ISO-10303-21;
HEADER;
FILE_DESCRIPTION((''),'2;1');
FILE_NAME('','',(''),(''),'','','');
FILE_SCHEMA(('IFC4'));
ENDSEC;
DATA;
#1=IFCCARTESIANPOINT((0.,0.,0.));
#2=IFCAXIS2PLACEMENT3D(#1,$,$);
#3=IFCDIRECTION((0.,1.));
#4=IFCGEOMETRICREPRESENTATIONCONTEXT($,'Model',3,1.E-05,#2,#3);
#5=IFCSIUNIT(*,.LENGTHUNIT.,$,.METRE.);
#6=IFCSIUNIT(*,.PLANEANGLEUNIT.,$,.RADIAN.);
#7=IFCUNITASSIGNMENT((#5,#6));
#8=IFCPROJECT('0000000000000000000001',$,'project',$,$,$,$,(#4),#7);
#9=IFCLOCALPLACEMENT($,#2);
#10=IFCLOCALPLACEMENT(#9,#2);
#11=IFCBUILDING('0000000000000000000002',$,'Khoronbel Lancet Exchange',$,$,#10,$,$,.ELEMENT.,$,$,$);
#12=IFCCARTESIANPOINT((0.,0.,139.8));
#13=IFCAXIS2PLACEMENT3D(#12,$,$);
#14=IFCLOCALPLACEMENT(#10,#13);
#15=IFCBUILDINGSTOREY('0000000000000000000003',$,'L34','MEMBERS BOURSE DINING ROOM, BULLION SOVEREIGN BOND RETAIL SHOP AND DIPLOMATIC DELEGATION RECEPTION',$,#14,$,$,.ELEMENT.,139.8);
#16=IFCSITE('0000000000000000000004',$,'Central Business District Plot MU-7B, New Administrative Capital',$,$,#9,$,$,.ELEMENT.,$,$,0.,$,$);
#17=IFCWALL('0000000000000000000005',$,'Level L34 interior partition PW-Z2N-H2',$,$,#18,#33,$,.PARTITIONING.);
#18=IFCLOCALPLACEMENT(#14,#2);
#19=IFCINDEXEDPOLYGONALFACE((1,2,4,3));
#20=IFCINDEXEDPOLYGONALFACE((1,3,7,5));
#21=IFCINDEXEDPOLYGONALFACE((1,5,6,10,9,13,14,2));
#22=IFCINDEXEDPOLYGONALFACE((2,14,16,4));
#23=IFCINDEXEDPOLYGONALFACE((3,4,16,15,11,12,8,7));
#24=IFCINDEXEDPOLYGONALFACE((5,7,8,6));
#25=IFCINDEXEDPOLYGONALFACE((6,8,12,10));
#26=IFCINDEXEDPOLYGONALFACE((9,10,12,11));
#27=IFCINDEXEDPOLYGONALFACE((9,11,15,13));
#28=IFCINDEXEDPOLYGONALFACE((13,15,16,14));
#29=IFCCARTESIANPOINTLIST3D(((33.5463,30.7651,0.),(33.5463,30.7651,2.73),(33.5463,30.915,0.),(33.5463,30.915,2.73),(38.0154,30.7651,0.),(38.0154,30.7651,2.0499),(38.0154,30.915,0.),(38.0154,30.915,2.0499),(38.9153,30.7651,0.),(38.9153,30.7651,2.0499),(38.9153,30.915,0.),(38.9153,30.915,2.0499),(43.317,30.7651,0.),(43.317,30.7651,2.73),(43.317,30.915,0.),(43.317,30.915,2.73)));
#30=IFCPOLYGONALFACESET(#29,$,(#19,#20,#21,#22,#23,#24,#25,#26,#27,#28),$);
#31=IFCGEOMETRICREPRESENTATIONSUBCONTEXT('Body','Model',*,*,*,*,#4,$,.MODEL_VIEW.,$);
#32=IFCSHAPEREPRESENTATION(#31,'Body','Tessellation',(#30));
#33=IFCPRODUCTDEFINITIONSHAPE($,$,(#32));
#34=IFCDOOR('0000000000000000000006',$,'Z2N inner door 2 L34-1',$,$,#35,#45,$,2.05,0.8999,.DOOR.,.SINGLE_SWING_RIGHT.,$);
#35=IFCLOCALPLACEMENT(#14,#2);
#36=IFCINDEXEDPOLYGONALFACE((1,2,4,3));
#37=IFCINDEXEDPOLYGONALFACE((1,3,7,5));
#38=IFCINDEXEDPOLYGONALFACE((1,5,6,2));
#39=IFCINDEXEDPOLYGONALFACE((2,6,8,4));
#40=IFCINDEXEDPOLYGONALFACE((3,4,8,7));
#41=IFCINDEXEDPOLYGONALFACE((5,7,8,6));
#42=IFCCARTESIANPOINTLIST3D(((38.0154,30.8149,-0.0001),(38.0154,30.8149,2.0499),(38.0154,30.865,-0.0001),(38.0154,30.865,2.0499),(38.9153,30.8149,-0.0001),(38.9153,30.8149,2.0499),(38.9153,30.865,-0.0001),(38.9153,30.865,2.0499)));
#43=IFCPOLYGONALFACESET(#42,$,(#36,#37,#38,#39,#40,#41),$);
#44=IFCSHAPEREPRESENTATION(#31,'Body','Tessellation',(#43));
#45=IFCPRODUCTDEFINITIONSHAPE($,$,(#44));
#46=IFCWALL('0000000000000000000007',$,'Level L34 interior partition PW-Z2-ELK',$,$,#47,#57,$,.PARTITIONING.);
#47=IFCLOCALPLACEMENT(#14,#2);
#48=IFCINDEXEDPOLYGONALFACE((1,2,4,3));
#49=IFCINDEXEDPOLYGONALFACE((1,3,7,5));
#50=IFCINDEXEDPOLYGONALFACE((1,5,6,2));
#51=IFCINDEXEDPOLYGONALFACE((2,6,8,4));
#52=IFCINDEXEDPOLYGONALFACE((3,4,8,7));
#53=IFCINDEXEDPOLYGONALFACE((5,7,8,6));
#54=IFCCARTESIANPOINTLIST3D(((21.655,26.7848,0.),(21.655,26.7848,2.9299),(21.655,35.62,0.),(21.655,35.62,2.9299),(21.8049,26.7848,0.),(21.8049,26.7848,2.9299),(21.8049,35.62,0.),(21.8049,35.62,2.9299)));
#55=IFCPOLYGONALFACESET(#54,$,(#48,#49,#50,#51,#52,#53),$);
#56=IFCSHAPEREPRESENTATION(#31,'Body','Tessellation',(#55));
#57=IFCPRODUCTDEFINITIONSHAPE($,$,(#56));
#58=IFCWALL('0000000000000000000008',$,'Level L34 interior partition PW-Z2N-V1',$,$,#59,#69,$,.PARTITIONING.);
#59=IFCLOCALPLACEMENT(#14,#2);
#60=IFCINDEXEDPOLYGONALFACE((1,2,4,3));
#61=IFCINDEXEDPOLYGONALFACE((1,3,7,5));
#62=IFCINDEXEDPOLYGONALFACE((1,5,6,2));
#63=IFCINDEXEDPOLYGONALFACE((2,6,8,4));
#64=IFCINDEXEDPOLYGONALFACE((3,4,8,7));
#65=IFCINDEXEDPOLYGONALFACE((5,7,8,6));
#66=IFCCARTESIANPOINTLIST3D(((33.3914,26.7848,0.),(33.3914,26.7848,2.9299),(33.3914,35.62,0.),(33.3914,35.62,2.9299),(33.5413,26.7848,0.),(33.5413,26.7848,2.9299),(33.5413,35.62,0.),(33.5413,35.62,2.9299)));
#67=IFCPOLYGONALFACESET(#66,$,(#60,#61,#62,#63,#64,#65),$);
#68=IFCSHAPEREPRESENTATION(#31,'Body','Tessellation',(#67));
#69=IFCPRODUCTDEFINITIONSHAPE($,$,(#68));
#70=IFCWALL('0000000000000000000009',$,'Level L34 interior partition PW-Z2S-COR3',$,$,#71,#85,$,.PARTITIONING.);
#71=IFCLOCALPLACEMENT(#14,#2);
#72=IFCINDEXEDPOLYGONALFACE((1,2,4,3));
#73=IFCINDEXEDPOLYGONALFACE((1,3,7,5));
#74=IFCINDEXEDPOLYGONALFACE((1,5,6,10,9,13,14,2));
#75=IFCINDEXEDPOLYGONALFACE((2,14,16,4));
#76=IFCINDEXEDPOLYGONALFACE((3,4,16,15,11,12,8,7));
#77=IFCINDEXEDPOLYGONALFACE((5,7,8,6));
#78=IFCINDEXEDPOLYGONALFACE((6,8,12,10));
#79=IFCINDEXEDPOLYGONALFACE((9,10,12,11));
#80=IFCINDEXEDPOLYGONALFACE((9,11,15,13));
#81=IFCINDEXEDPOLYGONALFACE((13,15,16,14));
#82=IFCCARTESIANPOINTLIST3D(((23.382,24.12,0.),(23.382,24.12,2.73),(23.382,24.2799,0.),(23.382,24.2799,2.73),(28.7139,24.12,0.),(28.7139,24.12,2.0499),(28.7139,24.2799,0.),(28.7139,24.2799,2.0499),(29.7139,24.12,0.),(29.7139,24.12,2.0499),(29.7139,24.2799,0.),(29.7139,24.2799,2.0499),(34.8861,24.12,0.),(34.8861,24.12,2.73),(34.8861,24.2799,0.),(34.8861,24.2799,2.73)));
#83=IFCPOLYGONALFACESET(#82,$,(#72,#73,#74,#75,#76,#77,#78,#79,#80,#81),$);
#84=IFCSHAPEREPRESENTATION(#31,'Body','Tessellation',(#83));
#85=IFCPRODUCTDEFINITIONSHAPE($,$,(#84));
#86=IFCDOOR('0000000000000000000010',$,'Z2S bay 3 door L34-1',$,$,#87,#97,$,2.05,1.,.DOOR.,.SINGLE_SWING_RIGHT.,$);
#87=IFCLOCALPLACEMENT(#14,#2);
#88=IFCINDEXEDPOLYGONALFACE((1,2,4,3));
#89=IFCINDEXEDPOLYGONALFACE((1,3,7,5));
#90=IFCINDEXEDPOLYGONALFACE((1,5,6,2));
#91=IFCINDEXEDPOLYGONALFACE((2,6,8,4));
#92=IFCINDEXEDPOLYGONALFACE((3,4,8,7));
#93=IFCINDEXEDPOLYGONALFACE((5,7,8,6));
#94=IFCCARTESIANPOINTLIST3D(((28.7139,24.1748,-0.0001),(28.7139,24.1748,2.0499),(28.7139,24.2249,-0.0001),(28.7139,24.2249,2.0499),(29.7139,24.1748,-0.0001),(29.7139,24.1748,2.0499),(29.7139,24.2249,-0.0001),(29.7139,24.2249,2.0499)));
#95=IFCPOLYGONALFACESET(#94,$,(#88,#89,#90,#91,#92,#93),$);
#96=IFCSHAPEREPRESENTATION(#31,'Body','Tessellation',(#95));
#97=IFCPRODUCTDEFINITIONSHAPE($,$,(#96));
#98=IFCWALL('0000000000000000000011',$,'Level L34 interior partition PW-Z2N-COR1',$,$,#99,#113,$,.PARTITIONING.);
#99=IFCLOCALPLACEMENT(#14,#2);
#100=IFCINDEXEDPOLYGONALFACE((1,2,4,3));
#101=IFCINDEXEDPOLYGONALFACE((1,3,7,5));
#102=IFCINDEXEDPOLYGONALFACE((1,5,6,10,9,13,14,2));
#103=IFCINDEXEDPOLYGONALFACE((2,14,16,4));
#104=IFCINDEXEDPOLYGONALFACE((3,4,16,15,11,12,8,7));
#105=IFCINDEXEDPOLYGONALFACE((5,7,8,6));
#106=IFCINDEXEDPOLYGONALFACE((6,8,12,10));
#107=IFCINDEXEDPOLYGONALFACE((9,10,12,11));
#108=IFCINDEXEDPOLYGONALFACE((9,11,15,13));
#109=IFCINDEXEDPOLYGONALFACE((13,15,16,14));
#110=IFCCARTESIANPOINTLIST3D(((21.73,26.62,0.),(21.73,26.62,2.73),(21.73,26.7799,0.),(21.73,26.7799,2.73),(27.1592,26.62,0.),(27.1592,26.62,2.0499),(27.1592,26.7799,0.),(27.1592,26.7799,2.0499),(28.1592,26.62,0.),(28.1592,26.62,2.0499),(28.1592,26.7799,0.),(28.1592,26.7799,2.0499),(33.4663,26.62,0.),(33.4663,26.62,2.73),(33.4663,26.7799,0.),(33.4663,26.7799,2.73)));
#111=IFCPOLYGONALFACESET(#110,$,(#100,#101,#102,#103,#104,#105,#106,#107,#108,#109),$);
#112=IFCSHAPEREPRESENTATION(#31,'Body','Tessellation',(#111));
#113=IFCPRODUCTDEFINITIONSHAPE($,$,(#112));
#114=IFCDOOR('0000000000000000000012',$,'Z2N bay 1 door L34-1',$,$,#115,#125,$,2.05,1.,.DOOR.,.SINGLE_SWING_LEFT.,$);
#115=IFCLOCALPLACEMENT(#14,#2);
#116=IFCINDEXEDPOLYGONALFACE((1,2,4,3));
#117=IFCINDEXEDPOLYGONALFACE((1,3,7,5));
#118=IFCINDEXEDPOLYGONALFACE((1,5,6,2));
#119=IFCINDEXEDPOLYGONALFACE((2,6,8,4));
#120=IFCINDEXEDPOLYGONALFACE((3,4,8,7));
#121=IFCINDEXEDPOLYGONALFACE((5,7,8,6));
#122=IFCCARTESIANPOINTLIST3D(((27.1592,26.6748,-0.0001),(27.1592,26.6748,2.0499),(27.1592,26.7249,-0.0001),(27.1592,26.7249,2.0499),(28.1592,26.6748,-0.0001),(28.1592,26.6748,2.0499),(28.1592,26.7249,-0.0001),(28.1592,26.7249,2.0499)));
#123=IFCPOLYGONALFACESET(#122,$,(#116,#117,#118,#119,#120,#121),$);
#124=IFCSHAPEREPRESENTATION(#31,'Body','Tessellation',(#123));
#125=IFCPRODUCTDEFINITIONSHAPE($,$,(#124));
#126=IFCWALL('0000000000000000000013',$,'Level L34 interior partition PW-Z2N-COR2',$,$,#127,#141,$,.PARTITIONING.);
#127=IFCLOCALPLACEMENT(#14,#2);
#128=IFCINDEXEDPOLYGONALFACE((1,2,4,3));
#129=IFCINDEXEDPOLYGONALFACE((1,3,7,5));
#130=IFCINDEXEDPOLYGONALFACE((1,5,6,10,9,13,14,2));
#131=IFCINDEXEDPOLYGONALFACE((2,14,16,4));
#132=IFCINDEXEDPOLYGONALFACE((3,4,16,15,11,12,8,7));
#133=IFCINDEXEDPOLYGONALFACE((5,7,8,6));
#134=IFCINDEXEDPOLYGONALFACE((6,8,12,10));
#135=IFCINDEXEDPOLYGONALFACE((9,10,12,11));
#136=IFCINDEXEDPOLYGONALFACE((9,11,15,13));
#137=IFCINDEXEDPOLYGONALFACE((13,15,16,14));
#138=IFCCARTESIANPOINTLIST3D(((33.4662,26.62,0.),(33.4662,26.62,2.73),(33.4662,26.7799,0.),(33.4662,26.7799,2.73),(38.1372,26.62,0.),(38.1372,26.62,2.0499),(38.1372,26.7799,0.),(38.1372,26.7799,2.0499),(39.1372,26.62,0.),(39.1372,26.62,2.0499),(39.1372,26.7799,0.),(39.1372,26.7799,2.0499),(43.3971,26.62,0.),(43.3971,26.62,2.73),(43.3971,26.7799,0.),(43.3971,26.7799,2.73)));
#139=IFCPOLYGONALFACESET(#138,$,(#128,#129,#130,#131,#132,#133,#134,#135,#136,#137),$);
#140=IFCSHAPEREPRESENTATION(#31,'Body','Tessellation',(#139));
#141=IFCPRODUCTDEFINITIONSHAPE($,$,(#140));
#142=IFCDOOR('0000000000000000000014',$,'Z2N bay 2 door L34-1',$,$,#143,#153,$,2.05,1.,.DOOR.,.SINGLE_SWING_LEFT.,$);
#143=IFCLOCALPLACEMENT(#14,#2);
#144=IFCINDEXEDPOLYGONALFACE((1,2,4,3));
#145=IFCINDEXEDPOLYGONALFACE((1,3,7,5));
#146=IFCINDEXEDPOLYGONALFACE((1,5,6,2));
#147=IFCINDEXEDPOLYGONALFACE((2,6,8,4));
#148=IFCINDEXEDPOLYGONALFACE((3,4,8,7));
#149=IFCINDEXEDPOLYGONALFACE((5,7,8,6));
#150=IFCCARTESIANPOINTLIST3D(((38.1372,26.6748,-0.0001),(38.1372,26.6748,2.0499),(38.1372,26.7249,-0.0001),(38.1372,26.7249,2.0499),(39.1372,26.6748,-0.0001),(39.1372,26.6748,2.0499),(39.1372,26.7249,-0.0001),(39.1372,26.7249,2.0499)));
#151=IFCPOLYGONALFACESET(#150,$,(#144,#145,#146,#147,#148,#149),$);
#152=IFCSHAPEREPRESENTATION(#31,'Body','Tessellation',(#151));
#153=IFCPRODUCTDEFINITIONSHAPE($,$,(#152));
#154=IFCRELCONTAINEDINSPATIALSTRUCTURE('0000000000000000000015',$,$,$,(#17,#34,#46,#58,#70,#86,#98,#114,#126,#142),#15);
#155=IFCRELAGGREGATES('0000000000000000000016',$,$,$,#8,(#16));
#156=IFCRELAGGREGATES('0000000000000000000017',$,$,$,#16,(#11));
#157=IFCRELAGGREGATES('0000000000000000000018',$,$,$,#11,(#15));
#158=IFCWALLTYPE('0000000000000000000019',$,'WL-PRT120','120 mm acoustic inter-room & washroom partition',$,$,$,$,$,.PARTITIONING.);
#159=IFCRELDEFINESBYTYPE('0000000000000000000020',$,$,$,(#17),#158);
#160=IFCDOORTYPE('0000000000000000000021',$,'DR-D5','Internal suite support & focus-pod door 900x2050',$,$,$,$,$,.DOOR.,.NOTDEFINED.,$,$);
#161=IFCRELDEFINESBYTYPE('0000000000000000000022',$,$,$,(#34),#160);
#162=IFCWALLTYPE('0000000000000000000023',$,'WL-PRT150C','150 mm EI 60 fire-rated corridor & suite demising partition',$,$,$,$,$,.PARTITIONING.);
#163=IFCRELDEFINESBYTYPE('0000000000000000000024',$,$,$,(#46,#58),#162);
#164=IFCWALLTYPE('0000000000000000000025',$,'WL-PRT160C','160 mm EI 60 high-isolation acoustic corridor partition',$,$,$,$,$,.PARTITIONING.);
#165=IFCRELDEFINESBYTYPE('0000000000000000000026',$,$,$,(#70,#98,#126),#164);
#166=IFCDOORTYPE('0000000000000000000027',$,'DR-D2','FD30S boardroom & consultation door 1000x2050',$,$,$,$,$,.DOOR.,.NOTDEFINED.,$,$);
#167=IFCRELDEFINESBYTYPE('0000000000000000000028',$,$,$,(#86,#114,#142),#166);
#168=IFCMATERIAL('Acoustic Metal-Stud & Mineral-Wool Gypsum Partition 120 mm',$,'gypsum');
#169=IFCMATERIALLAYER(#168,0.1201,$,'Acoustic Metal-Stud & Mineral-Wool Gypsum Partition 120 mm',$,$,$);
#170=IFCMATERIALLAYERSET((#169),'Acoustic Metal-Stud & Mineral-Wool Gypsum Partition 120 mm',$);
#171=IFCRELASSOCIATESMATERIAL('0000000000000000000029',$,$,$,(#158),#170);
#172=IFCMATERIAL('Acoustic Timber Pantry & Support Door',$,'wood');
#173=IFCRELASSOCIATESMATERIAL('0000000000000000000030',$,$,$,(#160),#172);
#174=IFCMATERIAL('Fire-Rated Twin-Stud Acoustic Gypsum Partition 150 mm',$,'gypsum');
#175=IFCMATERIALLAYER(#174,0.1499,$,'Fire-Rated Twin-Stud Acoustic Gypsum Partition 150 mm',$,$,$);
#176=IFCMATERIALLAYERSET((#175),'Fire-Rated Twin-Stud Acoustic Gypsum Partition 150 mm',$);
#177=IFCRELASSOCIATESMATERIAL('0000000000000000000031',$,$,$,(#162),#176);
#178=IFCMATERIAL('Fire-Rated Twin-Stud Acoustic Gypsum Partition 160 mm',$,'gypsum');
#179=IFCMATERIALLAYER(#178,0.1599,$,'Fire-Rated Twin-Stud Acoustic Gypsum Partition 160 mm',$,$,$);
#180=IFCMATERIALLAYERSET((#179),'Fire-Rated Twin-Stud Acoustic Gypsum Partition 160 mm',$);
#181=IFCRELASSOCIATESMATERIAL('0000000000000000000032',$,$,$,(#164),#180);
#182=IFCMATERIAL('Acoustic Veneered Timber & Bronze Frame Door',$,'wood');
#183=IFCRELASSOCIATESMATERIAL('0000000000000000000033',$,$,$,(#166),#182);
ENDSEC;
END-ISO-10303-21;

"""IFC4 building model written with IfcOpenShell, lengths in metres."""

from ifc_helpers import new_model, si_unit, direction, frame, frame_2d, origin, place, context, subcontext, project, spatial, rectangle, extrude, material, layer, layer_set, type_object, element, fill, save


model = new_model("IFC4")

# Units and contexts
model_context = context("Model", 3, precision=1e-05, world=origin(), true_north=direction((0.0, 1.0)))
body_context = subcontext(model_context, "Body", "Model", "MODEL_VIEW")
ifc_project = project(units=[si_unit("LENGTHUNIT", "METRE"), si_unit("PLANEANGLEUNIT", "RADIAN")], contexts=[model_context])

# Site, building, storey
site_placement = place(None, origin())
site = spatial("IfcSite", under=ifc_project, at=site_placement, Name="Central Business District Plot MU-7B, New Administrative Capital", CompositionType="ELEMENT", RefElevation=0.0)
building_placement = place(site_placement, origin())
building = spatial("IfcBuilding", under=site, at=building_placement, Name="Khoronbel Lancet Exchange", CompositionType="ELEMENT")
storey_placement = place(building_placement, frame((0.0, 0.0, 139.8)))
storey = spatial("IfcBuildingStorey", under=building, at=storey_placement, Name="L34", Description="MEMBERS BOURSE DINING ROOM, BULLION SOVEREIGN BOND RETAIL SHOP AND DIPLOMATIC DELEGATION RECEPTION", CompositionType="ELEMENT", Elevation=139.8)

# Wall, opening, door
ifc_material_1 = material(Name="Acoustic Metal-Stud & Mineral-Wool Gypsum Partition 120 mm", Category="gypsum")
ifc_layer_1 = layer(ifc_material_1, 0.1201, Name="Acoustic Metal-Stud & Mineral-Wool Gypsum Partition 120 mm")
ifc_layer_set_1 = layer_set([ifc_layer_1], Name="Acoustic Metal-Stud & Mineral-Wool Gypsum Partition 120 mm")
wall_type_1 = type_object("IfcWallType", Name="WL-PRT120", Description="120 mm acoustic inter-room & washroom partition", PredefinedType="PARTITIONING", material=ifc_layer_set_1)
ifc_material_2 = material(Name="Acoustic Timber Pantry & Support Door", Category="wood")
door_type_1 = type_object("IfcDoorType", Name="DR-D5", Description="Internal suite support & focus-pod door 900x2050", OperationType="NOTDEFINED", PredefinedType="DOOR", material=ifc_material_2)
wall_1_placement = place(storey_placement, frame((33.5464, 30.8401, 0.0), z_axis=(0.0, 0.0, 1.0), x_axis=(1.0, 0.0, 0.0)))
wall_1 = element("IfcWall", 1, at=wall_1_placement, inside=storey, type_object=wall_type_1, Name="Level L34 interior partition PW-Z2N-H2", PredefinedType="PARTITIONING", context=body_context, shape_type="SweptSolid", body=[
    extrude(rectangle(XDim=9.7708, YDim=0.1499, at=frame_2d((4.8853, 0.0))), origin(), (0.0, 0.0, 1.0), 2.73),
])
opening_1_placement = place(wall_1_placement, frame((4.469, 0.0, 0.0)))
opening_1 = element("IfcOpeningElement", 2, at=opening_1_placement, cuts=wall_1, PredefinedType="OPENING", context=body_context, shape_type="SweptSolid", body=[
    extrude(rectangle(XDim=0.8999, YDim=2.05, at=frame_2d((0.45, 1.0249))), frame((0.0, 0.085, 0.0), z_axis=(0.0, -1.0, 0.0), x_axis=(1.0, 0.0, 0.0)), (0.0, 0.0, 1.0), 0.1699),
])
door_1_placement = place(opening_1_placement, origin())
door_1 = element("IfcDoor", 3, at=door_1_placement, inside=storey, type_object=door_type_1, Name="Z2N inner door 2 L34-1", OperationType="SINGLE_SWING_RIGHT", OverallHeight=2.05, OverallWidth=0.8999, PredefinedType="DOOR", context=body_context, shape_type="SweptSolid", body=[
    extrude(rectangle(XDim=0.8999, YDim=2.05, at=frame_2d((0.45, 1.0249))), frame((0.0, 0.0249, 0.0), z_axis=(0.0, -1.0, 0.0), x_axis=(1.0, 0.0, 0.0)), (0.0, 0.0, 1.0), 0.05),
])
fill(opening_1, door_1)

# Walls
ifc_material_3 = material(Name="Fire-Rated Twin-Stud Acoustic Gypsum Partition 150 mm", Category="gypsum")
ifc_layer_2 = layer(ifc_material_3, 0.1499, Name="Fire-Rated Twin-Stud Acoustic Gypsum Partition 150 mm")
ifc_layer_set_2 = layer_set([ifc_layer_2], Name="Fire-Rated Twin-Stud Acoustic Gypsum Partition 150 mm")
wall_type_2 = type_object("IfcWallType", Name="WL-PRT150C", Description="150 mm EI 60 fire-rated corridor & suite demising partition", PredefinedType="PARTITIONING", material=ifc_layer_set_2)
for number, where, z_axis, x_axis, name in (
    (4, (21.73, 26.7849, 0.0), (0.0, 0.0, 1.0), (0.0, 1.0, 0.0), "Level L34 interior partition PW-Z2-ELK"),
    (5, (33.4663, 26.7849, 0.0), (0.0, 0.0, 1.0), (0.0, 1.0, 0.0), "Level L34 interior partition PW-Z2N-V1"),
):
    element("IfcWall", number, at=place(storey_placement, frame(where, z_axis=z_axis, x_axis=x_axis)), inside=storey, type_object=wall_type_2, Name=name, PredefinedType="PARTITIONING", context=body_context, shape_type="SweptSolid", body=[
        extrude(rectangle(XDim=8.8352, YDim=0.1499, at=frame_2d((4.4175, 0.0))), origin(), (0.0, 0.0, 1.0), 2.9299),
    ])

# Walls, openings, doors
ifc_material_4 = material(Name="Fire-Rated Twin-Stud Acoustic Gypsum Partition 160 mm", Category="gypsum")
ifc_layer_3 = layer(ifc_material_4, 0.1599, Name="Fire-Rated Twin-Stud Acoustic Gypsum Partition 160 mm")
ifc_layer_set_3 = layer_set([ifc_layer_3], Name="Fire-Rated Twin-Stud Acoustic Gypsum Partition 160 mm")
wall_type_3 = type_object("IfcWallType", Name="WL-PRT160C", Description="160 mm EI 60 high-isolation acoustic corridor partition", PredefinedType="PARTITIONING", material=ifc_layer_set_3)
wall_2_placement = place(storey_placement, frame((23.3821, 24.2, 0.0), z_axis=(0.0, 0.0, 1.0), x_axis=(1.0, 0.0, 0.0)))
wall_2 = element("IfcWall", 6, at=wall_2_placement, inside=storey, type_object=wall_type_3, Name="Level L34 interior partition PW-Z2S-COR3", PredefinedType="PARTITIONING", context=body_context, shape_type="SweptSolid", body=[
    extrude(rectangle(XDim=11.5042, YDim=0.1599, at=frame_2d((5.752, 0.0))), origin(), (0.0, 0.0, 1.0), 2.73),
])
opening_2_placement = place(wall_2_placement, frame((5.3318, 0.0, 0.0)))
opening_2 = element("IfcOpeningElement", 7, at=opening_2_placement, cuts=wall_2, PredefinedType="OPENING", context=body_context, shape_type="SweptSolid", body=[
    extrude(rectangle(XDim=1.0, YDim=2.05, at=frame_2d((0.5, 1.0249))), frame((0.0, 0.0898, 0.0), z_axis=(0.0, -1.0, 0.0), x_axis=(1.0, 0.0, 0.0)), (0.0, 0.0, 1.0), 0.1799),
])
ifc_material_5 = material(Name="Acoustic Veneered Timber & Bronze Frame Door", Category="wood")
door_type_2 = type_object("IfcDoorType", Name="DR-D2", Description="FD30S boardroom & consultation door 1000x2050", OperationType="NOTDEFINED", PredefinedType="DOOR", material=ifc_material_5)
door_2_placement = place(opening_2_placement, origin())
door_2 = element("IfcDoor", 8, at=door_2_placement, inside=storey, type_object=door_type_2, Name="Z2S bay 3 door L34-1", OperationType="SINGLE_SWING_RIGHT", OverallHeight=2.05, OverallWidth=1.0, PredefinedType="DOOR", context=body_context, shape_type="SweptSolid", body=[
    extrude(rectangle(XDim=1.0, YDim=2.05, at=frame_2d((0.5, 1.0249))), frame((0.0, 0.0249, 0.0), z_axis=(0.0, -1.0, 0.0), x_axis=(1.0, 0.0, 0.0)), (0.0, 0.0, 1.0), 0.05),
])
fill(opening_2, door_2)
wall_3_placement = place(storey_placement, frame((21.73, 26.7, 0.0), z_axis=(0.0, 0.0, 1.0), x_axis=(1.0, 0.0, 0.0)))
wall_3 = element("IfcWall", 9, at=wall_3_placement, inside=storey, type_object=wall_type_3, Name="Level L34 interior partition PW-Z2N-COR1", PredefinedType="PARTITIONING", context=body_context, shape_type="SweptSolid", body=[
    extrude(rectangle(XDim=11.7363, YDim=0.1599, at=frame_2d((5.8682, 0.0))), origin(), (0.0, 0.0, 1.0), 2.73),
])
opening_3_placement = place(wall_3_placement, frame((5.4292, 0.0, 0.0)))
opening_3 = element("IfcOpeningElement", 10, at=opening_3_placement, cuts=wall_3, PredefinedType="OPENING", context=body_context, shape_type="SweptSolid", body=[
    extrude(rectangle(XDim=1.0, YDim=2.05, at=frame_2d((0.5, 1.0249))), frame((0.0, 0.0898, 0.0), z_axis=(0.0, -1.0, 0.0), x_axis=(1.0, 0.0, 0.0)), (0.0, 0.0, 1.0), 0.1799),
])
door_3_placement = place(opening_3_placement, origin())
door_3 = element("IfcDoor", 11, at=door_3_placement, inside=storey, type_object=door_type_2, Name="Z2N bay 1 door L34-1", OperationType="SINGLE_SWING_LEFT", OverallHeight=2.05, OverallWidth=1.0, PredefinedType="DOOR", context=body_context, shape_type="SweptSolid", body=[
    extrude(rectangle(XDim=1.0, YDim=2.05, at=frame_2d((0.5, 1.0249))), frame((0.0, 0.0249, 0.0), z_axis=(0.0, -1.0, 0.0), x_axis=(1.0, 0.0, 0.0)), (0.0, 0.0, 1.0), 0.05),
])
fill(opening_3, door_3)
wall_4_placement = place(storey_placement, frame((33.4663, 26.7, 0.0), z_axis=(0.0, 0.0, 1.0), x_axis=(1.0, 0.0, 0.0)))
wall_4 = element("IfcWall", 12, at=wall_4_placement, inside=storey, type_object=wall_type_3, Name="Level L34 interior partition PW-Z2N-COR2", PredefinedType="PARTITIONING", context=body_context, shape_type="SweptSolid", body=[
    extrude(rectangle(XDim=9.9309, YDim=0.1599, at=frame_2d((4.9653, 0.0))), origin(), (0.0, 0.0, 1.0), 2.73),
])
opening_4_placement = place(wall_4_placement, frame((4.6709, 0.0, 0.0)))
opening_4 = element("IfcOpeningElement", 13, at=opening_4_placement, cuts=wall_4, PredefinedType="OPENING", context=body_context, shape_type="SweptSolid", body=[
    extrude(rectangle(XDim=1.0, YDim=2.05, at=frame_2d((0.5, 1.0249))), frame((0.0, 0.0898, 0.0), z_axis=(0.0, -1.0, 0.0), x_axis=(1.0, 0.0, 0.0)), (0.0, 0.0, 1.0), 0.1799),
])
door_4_placement = place(opening_4_placement, origin())
door_4 = element("IfcDoor", 14, at=door_4_placement, inside=storey, type_object=door_type_2, Name="Z2N bay 2 door L34-1", OperationType="SINGLE_SWING_LEFT", OverallHeight=2.05, OverallWidth=1.0, PredefinedType="DOOR", context=body_context, shape_type="SweptSolid", body=[
    extrude(rectangle(XDim=1.0, YDim=2.05, at=frame_2d((0.5, 1.0249))), frame((0.0, 0.0249, 0.0), z_axis=(0.0, -1.0, 0.0), x_axis=(1.0, 0.0, 0.0)), (0.0, 0.0, 1.0), 0.05),
])
fill(opening_4, door_4)

save(model, "model.ifc")
